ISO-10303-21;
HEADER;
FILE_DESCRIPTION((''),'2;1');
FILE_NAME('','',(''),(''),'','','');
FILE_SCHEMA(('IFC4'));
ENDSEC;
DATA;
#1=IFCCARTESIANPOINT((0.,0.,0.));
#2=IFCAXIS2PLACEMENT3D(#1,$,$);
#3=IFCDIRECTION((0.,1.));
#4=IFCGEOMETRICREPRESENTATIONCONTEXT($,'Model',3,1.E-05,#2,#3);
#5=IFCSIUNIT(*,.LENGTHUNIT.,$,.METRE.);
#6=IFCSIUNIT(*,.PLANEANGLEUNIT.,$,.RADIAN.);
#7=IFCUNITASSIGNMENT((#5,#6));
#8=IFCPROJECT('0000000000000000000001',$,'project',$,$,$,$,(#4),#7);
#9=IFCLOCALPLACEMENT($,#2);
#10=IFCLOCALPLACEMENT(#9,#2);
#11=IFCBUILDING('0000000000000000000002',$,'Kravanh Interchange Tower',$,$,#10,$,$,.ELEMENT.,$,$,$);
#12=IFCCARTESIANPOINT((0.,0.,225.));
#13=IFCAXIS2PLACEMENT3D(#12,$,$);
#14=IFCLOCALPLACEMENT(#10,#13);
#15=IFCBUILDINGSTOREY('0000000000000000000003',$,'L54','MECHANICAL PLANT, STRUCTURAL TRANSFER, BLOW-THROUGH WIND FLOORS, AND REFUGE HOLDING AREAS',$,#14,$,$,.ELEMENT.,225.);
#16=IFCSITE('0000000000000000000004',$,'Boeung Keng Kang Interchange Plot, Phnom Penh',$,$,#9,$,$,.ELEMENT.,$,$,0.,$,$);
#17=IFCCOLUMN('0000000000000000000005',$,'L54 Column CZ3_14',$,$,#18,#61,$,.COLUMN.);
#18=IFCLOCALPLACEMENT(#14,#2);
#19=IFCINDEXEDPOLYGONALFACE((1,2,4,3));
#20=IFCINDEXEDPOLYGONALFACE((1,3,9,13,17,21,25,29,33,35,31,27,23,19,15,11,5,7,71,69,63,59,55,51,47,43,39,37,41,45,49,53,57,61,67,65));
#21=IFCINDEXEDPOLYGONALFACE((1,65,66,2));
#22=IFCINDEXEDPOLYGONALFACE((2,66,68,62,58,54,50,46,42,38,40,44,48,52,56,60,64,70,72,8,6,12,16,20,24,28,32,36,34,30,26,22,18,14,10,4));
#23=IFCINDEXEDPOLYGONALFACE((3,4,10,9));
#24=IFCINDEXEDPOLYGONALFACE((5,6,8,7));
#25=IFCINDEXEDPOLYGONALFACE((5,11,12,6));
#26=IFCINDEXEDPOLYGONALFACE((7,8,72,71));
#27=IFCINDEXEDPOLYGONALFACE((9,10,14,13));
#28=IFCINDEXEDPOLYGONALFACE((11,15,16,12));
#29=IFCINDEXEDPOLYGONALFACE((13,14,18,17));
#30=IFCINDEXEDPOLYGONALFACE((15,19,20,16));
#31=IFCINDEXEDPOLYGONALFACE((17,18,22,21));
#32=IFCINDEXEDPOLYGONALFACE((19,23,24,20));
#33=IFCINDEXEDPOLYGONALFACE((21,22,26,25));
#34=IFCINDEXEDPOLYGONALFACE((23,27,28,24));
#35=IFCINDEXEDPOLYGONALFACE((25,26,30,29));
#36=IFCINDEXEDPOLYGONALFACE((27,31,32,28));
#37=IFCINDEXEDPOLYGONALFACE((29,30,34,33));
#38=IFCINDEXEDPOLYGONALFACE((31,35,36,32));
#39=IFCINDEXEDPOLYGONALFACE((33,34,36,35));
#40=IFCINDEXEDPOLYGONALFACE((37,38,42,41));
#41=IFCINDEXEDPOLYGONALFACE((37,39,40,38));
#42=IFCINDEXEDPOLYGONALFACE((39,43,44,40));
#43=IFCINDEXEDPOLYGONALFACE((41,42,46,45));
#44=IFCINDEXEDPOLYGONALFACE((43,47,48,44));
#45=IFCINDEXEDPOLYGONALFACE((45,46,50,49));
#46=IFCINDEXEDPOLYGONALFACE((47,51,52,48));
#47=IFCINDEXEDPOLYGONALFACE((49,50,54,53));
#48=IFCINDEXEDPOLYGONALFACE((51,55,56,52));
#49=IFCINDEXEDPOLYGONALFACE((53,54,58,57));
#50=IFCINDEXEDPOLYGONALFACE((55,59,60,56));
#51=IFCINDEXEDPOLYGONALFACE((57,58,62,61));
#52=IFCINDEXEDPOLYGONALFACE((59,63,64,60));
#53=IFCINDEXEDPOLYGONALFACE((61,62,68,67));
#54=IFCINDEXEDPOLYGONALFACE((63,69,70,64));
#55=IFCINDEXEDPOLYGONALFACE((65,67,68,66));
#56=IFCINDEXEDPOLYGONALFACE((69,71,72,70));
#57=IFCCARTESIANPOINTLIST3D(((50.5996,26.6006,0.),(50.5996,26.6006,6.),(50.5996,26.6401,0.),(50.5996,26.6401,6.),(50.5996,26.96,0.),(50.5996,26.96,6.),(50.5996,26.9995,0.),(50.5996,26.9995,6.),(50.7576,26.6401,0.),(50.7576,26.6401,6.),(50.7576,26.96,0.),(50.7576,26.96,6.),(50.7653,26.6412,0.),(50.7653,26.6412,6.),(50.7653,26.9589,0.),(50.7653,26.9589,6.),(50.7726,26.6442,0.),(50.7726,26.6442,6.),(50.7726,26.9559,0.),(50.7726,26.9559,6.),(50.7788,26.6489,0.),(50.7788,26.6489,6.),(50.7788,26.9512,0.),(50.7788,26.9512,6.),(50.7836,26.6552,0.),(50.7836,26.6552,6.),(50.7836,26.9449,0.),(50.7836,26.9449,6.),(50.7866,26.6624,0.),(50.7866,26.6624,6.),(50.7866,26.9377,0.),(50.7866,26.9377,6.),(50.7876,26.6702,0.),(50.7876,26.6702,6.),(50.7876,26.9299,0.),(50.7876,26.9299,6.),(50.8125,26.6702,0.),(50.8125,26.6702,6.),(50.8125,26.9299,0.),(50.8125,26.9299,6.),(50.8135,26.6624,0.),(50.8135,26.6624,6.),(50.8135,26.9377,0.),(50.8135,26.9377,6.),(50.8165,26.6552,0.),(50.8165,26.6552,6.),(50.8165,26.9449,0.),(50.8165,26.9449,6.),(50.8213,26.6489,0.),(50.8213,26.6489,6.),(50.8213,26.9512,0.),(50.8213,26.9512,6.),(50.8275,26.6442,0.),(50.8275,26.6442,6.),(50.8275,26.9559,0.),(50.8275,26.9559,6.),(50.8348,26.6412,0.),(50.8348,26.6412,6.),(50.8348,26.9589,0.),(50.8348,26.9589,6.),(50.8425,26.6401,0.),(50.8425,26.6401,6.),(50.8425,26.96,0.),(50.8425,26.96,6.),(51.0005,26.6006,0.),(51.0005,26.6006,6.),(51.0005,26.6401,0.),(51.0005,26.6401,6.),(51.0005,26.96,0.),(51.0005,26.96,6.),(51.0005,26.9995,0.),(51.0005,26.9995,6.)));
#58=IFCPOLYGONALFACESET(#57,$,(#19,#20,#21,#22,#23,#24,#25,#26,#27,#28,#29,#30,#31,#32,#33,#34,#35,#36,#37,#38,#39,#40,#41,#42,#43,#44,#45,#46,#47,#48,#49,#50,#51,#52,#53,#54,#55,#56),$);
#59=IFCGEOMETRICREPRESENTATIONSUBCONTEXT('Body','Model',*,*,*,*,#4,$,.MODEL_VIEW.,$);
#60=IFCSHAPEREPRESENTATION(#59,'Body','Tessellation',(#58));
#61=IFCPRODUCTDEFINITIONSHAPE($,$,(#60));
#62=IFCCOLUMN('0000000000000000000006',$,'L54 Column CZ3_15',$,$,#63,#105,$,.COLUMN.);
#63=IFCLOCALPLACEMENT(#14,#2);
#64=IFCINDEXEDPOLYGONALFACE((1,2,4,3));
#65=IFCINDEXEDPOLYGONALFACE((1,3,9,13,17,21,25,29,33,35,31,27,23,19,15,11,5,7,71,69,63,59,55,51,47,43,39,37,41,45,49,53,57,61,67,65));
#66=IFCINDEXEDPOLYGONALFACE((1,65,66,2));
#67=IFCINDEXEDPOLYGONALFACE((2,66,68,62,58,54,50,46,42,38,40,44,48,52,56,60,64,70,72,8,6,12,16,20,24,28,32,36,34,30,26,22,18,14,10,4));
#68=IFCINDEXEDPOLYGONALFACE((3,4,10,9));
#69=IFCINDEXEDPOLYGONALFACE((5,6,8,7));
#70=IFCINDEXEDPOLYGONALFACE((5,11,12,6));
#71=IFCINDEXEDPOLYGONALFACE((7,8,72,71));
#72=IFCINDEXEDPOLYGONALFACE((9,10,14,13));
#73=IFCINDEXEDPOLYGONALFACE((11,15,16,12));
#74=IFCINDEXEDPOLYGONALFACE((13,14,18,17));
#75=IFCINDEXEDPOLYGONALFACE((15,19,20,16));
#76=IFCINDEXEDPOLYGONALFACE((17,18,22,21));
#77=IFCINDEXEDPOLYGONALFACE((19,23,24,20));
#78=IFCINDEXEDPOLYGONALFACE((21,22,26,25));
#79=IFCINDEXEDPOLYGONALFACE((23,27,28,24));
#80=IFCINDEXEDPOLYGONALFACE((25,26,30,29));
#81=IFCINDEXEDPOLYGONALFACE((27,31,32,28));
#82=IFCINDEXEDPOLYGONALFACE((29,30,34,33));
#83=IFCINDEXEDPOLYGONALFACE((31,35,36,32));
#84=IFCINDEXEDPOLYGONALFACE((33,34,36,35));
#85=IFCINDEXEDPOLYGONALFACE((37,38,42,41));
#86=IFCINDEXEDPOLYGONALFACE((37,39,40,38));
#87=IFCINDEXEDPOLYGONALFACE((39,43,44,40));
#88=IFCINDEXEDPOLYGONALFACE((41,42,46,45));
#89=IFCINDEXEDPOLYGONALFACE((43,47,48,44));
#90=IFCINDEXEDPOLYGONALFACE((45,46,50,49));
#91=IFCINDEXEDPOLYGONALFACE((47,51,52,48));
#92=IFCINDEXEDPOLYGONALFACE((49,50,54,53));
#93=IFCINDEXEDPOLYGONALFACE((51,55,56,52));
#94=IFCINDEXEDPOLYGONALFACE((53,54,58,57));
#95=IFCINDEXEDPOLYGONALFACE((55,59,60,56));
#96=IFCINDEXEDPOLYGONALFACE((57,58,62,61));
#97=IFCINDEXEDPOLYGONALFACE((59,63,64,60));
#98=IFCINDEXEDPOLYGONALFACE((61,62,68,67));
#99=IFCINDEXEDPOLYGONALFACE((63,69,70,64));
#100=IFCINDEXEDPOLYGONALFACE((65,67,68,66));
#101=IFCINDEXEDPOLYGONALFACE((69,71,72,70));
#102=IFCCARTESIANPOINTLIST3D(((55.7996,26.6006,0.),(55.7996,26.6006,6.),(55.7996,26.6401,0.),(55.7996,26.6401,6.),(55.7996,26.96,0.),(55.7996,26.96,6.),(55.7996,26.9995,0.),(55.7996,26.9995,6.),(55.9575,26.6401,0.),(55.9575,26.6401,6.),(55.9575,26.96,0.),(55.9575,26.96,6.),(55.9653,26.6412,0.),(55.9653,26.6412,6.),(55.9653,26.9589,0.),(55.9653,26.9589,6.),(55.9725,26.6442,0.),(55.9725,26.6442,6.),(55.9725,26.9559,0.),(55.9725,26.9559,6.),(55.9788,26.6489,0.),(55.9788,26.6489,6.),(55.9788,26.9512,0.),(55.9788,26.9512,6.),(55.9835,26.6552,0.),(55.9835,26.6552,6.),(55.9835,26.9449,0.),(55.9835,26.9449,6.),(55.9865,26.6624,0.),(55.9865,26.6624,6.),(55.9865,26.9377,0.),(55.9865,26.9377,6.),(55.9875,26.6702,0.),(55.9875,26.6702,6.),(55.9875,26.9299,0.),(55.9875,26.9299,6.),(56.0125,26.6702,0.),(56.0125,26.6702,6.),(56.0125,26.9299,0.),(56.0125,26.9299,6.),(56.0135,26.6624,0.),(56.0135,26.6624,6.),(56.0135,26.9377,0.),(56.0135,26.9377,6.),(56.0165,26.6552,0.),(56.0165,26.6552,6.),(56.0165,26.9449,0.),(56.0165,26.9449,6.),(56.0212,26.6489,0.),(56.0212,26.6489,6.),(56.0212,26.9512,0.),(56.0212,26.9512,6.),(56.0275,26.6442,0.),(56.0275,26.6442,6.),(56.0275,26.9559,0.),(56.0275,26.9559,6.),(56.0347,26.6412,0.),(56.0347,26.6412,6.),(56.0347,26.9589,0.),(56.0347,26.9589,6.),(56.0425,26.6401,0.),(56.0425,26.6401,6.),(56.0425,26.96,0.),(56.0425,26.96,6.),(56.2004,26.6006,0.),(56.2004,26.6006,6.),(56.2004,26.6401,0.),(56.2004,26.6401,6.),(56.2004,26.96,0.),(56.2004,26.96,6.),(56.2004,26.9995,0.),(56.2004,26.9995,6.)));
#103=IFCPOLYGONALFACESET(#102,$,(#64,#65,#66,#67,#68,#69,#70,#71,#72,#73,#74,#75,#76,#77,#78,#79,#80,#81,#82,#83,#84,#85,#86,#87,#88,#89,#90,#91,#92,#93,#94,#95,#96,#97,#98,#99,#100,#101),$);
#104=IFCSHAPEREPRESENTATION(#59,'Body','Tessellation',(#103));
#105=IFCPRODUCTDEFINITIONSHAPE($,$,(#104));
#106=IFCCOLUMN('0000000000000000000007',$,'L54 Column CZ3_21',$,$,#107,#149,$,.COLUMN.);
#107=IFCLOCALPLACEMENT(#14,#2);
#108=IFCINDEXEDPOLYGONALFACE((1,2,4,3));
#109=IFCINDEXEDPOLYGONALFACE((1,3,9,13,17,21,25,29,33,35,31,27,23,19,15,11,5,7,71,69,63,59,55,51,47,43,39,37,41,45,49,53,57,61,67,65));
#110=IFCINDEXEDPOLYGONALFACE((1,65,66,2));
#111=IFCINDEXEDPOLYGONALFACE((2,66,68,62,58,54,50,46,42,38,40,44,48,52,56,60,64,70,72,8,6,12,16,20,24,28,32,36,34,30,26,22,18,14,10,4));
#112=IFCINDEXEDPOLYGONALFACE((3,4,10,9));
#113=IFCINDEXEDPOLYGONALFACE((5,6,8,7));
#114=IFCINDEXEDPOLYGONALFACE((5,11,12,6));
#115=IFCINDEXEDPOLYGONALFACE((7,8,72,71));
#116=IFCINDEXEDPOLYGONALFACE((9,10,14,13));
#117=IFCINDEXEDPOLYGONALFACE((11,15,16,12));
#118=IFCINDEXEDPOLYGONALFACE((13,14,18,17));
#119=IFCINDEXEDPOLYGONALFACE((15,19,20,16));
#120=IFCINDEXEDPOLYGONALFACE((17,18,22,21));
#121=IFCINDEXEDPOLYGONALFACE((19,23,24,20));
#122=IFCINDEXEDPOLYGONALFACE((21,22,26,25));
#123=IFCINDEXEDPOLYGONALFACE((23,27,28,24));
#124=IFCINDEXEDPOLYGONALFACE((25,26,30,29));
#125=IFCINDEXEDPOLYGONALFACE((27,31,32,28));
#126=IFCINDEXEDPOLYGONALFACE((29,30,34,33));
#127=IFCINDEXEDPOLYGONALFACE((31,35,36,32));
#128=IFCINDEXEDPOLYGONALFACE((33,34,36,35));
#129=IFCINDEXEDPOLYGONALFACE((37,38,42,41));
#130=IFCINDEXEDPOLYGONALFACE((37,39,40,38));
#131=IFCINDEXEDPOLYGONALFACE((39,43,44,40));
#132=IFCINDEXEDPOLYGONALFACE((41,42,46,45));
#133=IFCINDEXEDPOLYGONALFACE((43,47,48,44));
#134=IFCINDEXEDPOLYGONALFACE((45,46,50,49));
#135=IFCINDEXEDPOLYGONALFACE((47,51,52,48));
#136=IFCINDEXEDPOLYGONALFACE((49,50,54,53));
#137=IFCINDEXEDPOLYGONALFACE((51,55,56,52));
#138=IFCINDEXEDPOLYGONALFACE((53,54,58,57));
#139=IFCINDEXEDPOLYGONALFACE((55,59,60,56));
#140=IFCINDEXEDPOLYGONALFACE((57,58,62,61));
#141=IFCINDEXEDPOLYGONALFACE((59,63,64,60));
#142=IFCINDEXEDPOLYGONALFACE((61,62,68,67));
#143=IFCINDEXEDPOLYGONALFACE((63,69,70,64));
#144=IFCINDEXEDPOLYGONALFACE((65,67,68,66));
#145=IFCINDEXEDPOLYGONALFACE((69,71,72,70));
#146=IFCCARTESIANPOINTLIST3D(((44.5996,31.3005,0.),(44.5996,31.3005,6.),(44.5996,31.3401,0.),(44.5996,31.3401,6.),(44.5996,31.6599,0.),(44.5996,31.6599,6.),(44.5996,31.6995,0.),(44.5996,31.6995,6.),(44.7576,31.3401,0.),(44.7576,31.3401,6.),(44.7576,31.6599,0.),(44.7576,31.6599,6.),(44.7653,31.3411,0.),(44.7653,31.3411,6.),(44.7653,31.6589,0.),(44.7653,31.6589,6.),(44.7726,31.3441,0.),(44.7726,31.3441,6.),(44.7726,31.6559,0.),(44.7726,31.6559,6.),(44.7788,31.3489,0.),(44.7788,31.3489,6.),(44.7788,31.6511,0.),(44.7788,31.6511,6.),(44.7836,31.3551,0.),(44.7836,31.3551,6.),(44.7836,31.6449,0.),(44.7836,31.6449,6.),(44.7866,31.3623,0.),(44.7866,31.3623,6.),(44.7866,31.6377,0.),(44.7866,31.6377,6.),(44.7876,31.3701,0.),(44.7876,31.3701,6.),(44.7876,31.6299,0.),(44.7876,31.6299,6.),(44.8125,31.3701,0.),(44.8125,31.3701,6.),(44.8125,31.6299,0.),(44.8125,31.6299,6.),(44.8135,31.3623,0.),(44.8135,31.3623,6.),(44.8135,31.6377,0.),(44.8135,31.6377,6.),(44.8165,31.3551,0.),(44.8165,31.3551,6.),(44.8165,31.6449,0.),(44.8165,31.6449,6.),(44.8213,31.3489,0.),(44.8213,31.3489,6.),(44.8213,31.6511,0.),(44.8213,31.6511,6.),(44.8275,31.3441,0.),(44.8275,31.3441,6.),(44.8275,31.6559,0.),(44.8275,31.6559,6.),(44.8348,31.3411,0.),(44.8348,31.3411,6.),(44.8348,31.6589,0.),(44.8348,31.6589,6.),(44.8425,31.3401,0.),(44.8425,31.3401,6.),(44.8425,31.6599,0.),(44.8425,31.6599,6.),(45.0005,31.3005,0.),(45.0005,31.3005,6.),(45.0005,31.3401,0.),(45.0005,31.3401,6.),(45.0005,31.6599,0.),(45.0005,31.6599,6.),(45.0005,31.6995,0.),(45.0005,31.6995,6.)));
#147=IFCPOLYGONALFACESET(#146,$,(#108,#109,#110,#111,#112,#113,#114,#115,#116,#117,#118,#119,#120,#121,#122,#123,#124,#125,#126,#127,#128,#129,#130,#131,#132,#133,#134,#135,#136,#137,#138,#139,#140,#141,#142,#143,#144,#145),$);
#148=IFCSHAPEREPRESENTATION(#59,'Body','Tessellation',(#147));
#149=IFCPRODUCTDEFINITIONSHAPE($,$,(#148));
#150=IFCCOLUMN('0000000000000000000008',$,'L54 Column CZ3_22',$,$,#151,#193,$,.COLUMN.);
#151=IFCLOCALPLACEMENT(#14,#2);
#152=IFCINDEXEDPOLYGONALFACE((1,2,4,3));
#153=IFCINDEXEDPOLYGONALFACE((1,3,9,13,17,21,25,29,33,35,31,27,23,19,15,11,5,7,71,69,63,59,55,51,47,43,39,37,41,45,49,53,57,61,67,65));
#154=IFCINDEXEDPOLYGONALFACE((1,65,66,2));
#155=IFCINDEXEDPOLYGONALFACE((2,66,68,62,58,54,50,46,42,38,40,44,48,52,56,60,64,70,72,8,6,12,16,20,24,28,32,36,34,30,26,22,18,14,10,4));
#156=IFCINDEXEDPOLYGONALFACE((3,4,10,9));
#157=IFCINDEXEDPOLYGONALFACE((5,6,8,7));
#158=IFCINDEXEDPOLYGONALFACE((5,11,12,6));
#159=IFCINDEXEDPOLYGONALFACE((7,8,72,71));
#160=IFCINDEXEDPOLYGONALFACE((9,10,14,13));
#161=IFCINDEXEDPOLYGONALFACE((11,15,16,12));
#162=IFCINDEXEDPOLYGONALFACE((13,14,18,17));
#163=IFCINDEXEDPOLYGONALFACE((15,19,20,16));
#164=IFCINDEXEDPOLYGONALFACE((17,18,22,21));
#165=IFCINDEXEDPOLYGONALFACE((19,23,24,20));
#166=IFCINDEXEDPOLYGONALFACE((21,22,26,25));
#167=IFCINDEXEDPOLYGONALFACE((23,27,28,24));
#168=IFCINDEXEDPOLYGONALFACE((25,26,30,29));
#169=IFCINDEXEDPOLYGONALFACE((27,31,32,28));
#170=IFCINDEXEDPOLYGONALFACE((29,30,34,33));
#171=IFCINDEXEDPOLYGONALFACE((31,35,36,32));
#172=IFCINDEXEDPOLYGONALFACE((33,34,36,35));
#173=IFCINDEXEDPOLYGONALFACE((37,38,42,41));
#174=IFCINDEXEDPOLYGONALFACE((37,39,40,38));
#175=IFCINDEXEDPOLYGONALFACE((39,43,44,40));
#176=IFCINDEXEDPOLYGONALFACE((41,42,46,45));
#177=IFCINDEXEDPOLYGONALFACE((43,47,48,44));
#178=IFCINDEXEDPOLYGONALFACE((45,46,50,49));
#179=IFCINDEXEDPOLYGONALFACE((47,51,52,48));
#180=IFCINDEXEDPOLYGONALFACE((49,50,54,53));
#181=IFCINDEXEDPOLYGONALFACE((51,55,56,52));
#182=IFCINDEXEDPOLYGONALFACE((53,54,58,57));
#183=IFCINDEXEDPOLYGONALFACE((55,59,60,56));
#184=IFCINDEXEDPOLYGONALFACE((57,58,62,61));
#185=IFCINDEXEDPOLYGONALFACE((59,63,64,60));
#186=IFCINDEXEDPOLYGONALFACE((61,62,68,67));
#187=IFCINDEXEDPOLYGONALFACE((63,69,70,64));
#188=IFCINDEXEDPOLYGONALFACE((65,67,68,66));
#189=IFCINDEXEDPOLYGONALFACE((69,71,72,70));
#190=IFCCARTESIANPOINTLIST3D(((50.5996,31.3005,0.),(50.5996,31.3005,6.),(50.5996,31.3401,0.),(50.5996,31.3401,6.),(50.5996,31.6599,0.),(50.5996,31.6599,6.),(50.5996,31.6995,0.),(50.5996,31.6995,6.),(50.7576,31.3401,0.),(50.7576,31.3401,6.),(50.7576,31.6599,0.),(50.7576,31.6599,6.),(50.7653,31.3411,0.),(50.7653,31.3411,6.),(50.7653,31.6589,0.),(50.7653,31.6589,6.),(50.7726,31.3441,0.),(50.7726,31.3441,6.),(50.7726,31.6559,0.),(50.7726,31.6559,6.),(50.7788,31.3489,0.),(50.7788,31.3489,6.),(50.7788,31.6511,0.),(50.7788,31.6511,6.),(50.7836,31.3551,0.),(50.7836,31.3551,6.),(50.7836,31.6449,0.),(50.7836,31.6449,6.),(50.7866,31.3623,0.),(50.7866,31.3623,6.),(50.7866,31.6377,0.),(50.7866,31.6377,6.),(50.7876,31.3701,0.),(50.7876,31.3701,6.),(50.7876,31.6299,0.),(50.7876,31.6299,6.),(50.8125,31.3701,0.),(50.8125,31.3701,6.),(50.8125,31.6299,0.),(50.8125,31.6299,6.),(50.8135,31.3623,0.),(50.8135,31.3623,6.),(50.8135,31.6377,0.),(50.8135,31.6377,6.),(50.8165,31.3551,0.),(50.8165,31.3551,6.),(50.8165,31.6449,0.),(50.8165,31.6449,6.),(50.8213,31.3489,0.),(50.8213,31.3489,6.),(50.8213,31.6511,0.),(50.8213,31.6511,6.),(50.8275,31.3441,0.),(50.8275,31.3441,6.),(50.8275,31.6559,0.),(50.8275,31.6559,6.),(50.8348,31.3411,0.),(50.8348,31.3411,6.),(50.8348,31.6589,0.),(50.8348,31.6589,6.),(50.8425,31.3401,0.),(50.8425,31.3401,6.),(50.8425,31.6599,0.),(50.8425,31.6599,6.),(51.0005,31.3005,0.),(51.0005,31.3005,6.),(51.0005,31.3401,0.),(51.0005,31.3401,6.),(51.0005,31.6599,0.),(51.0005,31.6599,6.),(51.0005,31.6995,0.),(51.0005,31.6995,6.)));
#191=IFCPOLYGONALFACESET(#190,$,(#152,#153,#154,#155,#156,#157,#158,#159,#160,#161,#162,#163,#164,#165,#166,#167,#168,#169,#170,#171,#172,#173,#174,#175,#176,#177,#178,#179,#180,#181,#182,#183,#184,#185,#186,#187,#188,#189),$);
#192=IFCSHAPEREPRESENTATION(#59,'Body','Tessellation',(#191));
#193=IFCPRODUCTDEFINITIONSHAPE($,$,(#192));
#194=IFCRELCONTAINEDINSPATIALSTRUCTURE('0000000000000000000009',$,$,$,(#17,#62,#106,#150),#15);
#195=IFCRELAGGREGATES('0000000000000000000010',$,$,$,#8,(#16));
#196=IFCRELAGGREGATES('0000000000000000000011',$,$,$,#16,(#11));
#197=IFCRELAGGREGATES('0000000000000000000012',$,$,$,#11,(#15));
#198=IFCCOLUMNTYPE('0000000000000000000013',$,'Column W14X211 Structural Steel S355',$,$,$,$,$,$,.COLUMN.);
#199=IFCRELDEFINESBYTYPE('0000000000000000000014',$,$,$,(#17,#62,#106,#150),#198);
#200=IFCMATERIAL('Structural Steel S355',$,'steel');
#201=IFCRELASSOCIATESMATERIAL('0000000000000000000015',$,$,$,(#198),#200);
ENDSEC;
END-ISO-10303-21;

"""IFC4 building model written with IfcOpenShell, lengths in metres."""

from ifc_helpers import new_model, si_unit, direction, frame, origin, origin_2d, place, context, subcontext, project, spatial, i_section, extrude, material, material_profile, profile_set, type_object, element, save


model = new_model("IFC4")

# Units and contexts
model_context = context("Model", 3, precision=1e-05, world=origin(), true_north=direction((0.0, 1.0)))
body_context = subcontext(model_context, "Body", "Model", "MODEL_VIEW")
ifc_project = project(units=[si_unit("LENGTHUNIT", "METRE"), si_unit("PLANEANGLEUNIT", "RADIAN")], contexts=[model_context])

# Site, building, storey
site_placement = place(None, origin())
site = spatial("IfcSite", under=ifc_project, at=site_placement, Name="Boeung Keng Kang Interchange Plot, Phnom Penh", CompositionType="ELEMENT", RefElevation=0.0)
building_placement = place(site_placement, origin())
building = spatial("IfcBuilding", under=site, at=building_placement, Name="Kravanh Interchange Tower", CompositionType="ELEMENT")
storey_placement = place(building_placement, frame((0.0, 0.0, 225.0)))
storey = spatial("IfcBuildingStorey", under=building, at=storey_placement, Name="L54", Description="MECHANICAL PLANT, STRUCTURAL TRANSFER, BLOW-THROUGH WIND FLOORS, AND REFUGE HOLDING AREAS", CompositionType="ELEMENT", Elevation=225.0)

# Columns
ifc_material_1 = material(Name="Structural Steel S355", Category="steel")
ifc_material_profile_1 = material_profile(ifc_material_1, i_section(OverallWidth=0.4009, OverallDepth=0.3989, WebThickness=0.0249, FlangeThickness=0.0396, FilletRadius=0.03, at=origin_2d()), Name="W14X211")
ifc_profile_set_1 = profile_set([ifc_material_profile_1], Name="Structural Steel S355")
column_type = type_object("IfcColumnType", Name="Column W14X211 Structural Steel S355", PredefinedType="COLUMN", material=ifc_profile_set_1)
for number, where, z_axis, x_axis, name in (
    (1, (50.8, 26.8, 0.0), (0.0, 0.0, 1.0), (1.0, 0.0, 0.0), "L54 Column CZ3_14"),
    (2, (56.0, 26.8, 0.0), (0.0, 0.0, 1.0), (1.0, 0.0, 0.0), "L54 Column CZ3_15"),
    (3, (44.8, 31.5, 0.0), (0.0, 0.0, 1.0), (1.0, 0.0, 0.0), "L54 Column CZ3_21"),
    (4, (50.8, 31.5, 0.0), (0.0, 0.0, 1.0), (1.0, 0.0, 0.0), "L54 Column CZ3_22"),
):
    element("IfcColumn", number, at=place(storey_placement, frame(where, z_axis=z_axis, x_axis=x_axis)), inside=storey, type_object=column_type, Name=name, PredefinedType="COLUMN", context=body_context, shape_type="SweptSolid", body=[
        extrude(i_section(OverallWidth=0.4009, OverallDepth=0.3989, WebThickness=0.0249, FlangeThickness=0.0396, FilletRadius=0.03, at=origin_2d()), origin(), (0.0, 0.0, 1.0), 6.0),
    ])

save(model, "model.ifc")
